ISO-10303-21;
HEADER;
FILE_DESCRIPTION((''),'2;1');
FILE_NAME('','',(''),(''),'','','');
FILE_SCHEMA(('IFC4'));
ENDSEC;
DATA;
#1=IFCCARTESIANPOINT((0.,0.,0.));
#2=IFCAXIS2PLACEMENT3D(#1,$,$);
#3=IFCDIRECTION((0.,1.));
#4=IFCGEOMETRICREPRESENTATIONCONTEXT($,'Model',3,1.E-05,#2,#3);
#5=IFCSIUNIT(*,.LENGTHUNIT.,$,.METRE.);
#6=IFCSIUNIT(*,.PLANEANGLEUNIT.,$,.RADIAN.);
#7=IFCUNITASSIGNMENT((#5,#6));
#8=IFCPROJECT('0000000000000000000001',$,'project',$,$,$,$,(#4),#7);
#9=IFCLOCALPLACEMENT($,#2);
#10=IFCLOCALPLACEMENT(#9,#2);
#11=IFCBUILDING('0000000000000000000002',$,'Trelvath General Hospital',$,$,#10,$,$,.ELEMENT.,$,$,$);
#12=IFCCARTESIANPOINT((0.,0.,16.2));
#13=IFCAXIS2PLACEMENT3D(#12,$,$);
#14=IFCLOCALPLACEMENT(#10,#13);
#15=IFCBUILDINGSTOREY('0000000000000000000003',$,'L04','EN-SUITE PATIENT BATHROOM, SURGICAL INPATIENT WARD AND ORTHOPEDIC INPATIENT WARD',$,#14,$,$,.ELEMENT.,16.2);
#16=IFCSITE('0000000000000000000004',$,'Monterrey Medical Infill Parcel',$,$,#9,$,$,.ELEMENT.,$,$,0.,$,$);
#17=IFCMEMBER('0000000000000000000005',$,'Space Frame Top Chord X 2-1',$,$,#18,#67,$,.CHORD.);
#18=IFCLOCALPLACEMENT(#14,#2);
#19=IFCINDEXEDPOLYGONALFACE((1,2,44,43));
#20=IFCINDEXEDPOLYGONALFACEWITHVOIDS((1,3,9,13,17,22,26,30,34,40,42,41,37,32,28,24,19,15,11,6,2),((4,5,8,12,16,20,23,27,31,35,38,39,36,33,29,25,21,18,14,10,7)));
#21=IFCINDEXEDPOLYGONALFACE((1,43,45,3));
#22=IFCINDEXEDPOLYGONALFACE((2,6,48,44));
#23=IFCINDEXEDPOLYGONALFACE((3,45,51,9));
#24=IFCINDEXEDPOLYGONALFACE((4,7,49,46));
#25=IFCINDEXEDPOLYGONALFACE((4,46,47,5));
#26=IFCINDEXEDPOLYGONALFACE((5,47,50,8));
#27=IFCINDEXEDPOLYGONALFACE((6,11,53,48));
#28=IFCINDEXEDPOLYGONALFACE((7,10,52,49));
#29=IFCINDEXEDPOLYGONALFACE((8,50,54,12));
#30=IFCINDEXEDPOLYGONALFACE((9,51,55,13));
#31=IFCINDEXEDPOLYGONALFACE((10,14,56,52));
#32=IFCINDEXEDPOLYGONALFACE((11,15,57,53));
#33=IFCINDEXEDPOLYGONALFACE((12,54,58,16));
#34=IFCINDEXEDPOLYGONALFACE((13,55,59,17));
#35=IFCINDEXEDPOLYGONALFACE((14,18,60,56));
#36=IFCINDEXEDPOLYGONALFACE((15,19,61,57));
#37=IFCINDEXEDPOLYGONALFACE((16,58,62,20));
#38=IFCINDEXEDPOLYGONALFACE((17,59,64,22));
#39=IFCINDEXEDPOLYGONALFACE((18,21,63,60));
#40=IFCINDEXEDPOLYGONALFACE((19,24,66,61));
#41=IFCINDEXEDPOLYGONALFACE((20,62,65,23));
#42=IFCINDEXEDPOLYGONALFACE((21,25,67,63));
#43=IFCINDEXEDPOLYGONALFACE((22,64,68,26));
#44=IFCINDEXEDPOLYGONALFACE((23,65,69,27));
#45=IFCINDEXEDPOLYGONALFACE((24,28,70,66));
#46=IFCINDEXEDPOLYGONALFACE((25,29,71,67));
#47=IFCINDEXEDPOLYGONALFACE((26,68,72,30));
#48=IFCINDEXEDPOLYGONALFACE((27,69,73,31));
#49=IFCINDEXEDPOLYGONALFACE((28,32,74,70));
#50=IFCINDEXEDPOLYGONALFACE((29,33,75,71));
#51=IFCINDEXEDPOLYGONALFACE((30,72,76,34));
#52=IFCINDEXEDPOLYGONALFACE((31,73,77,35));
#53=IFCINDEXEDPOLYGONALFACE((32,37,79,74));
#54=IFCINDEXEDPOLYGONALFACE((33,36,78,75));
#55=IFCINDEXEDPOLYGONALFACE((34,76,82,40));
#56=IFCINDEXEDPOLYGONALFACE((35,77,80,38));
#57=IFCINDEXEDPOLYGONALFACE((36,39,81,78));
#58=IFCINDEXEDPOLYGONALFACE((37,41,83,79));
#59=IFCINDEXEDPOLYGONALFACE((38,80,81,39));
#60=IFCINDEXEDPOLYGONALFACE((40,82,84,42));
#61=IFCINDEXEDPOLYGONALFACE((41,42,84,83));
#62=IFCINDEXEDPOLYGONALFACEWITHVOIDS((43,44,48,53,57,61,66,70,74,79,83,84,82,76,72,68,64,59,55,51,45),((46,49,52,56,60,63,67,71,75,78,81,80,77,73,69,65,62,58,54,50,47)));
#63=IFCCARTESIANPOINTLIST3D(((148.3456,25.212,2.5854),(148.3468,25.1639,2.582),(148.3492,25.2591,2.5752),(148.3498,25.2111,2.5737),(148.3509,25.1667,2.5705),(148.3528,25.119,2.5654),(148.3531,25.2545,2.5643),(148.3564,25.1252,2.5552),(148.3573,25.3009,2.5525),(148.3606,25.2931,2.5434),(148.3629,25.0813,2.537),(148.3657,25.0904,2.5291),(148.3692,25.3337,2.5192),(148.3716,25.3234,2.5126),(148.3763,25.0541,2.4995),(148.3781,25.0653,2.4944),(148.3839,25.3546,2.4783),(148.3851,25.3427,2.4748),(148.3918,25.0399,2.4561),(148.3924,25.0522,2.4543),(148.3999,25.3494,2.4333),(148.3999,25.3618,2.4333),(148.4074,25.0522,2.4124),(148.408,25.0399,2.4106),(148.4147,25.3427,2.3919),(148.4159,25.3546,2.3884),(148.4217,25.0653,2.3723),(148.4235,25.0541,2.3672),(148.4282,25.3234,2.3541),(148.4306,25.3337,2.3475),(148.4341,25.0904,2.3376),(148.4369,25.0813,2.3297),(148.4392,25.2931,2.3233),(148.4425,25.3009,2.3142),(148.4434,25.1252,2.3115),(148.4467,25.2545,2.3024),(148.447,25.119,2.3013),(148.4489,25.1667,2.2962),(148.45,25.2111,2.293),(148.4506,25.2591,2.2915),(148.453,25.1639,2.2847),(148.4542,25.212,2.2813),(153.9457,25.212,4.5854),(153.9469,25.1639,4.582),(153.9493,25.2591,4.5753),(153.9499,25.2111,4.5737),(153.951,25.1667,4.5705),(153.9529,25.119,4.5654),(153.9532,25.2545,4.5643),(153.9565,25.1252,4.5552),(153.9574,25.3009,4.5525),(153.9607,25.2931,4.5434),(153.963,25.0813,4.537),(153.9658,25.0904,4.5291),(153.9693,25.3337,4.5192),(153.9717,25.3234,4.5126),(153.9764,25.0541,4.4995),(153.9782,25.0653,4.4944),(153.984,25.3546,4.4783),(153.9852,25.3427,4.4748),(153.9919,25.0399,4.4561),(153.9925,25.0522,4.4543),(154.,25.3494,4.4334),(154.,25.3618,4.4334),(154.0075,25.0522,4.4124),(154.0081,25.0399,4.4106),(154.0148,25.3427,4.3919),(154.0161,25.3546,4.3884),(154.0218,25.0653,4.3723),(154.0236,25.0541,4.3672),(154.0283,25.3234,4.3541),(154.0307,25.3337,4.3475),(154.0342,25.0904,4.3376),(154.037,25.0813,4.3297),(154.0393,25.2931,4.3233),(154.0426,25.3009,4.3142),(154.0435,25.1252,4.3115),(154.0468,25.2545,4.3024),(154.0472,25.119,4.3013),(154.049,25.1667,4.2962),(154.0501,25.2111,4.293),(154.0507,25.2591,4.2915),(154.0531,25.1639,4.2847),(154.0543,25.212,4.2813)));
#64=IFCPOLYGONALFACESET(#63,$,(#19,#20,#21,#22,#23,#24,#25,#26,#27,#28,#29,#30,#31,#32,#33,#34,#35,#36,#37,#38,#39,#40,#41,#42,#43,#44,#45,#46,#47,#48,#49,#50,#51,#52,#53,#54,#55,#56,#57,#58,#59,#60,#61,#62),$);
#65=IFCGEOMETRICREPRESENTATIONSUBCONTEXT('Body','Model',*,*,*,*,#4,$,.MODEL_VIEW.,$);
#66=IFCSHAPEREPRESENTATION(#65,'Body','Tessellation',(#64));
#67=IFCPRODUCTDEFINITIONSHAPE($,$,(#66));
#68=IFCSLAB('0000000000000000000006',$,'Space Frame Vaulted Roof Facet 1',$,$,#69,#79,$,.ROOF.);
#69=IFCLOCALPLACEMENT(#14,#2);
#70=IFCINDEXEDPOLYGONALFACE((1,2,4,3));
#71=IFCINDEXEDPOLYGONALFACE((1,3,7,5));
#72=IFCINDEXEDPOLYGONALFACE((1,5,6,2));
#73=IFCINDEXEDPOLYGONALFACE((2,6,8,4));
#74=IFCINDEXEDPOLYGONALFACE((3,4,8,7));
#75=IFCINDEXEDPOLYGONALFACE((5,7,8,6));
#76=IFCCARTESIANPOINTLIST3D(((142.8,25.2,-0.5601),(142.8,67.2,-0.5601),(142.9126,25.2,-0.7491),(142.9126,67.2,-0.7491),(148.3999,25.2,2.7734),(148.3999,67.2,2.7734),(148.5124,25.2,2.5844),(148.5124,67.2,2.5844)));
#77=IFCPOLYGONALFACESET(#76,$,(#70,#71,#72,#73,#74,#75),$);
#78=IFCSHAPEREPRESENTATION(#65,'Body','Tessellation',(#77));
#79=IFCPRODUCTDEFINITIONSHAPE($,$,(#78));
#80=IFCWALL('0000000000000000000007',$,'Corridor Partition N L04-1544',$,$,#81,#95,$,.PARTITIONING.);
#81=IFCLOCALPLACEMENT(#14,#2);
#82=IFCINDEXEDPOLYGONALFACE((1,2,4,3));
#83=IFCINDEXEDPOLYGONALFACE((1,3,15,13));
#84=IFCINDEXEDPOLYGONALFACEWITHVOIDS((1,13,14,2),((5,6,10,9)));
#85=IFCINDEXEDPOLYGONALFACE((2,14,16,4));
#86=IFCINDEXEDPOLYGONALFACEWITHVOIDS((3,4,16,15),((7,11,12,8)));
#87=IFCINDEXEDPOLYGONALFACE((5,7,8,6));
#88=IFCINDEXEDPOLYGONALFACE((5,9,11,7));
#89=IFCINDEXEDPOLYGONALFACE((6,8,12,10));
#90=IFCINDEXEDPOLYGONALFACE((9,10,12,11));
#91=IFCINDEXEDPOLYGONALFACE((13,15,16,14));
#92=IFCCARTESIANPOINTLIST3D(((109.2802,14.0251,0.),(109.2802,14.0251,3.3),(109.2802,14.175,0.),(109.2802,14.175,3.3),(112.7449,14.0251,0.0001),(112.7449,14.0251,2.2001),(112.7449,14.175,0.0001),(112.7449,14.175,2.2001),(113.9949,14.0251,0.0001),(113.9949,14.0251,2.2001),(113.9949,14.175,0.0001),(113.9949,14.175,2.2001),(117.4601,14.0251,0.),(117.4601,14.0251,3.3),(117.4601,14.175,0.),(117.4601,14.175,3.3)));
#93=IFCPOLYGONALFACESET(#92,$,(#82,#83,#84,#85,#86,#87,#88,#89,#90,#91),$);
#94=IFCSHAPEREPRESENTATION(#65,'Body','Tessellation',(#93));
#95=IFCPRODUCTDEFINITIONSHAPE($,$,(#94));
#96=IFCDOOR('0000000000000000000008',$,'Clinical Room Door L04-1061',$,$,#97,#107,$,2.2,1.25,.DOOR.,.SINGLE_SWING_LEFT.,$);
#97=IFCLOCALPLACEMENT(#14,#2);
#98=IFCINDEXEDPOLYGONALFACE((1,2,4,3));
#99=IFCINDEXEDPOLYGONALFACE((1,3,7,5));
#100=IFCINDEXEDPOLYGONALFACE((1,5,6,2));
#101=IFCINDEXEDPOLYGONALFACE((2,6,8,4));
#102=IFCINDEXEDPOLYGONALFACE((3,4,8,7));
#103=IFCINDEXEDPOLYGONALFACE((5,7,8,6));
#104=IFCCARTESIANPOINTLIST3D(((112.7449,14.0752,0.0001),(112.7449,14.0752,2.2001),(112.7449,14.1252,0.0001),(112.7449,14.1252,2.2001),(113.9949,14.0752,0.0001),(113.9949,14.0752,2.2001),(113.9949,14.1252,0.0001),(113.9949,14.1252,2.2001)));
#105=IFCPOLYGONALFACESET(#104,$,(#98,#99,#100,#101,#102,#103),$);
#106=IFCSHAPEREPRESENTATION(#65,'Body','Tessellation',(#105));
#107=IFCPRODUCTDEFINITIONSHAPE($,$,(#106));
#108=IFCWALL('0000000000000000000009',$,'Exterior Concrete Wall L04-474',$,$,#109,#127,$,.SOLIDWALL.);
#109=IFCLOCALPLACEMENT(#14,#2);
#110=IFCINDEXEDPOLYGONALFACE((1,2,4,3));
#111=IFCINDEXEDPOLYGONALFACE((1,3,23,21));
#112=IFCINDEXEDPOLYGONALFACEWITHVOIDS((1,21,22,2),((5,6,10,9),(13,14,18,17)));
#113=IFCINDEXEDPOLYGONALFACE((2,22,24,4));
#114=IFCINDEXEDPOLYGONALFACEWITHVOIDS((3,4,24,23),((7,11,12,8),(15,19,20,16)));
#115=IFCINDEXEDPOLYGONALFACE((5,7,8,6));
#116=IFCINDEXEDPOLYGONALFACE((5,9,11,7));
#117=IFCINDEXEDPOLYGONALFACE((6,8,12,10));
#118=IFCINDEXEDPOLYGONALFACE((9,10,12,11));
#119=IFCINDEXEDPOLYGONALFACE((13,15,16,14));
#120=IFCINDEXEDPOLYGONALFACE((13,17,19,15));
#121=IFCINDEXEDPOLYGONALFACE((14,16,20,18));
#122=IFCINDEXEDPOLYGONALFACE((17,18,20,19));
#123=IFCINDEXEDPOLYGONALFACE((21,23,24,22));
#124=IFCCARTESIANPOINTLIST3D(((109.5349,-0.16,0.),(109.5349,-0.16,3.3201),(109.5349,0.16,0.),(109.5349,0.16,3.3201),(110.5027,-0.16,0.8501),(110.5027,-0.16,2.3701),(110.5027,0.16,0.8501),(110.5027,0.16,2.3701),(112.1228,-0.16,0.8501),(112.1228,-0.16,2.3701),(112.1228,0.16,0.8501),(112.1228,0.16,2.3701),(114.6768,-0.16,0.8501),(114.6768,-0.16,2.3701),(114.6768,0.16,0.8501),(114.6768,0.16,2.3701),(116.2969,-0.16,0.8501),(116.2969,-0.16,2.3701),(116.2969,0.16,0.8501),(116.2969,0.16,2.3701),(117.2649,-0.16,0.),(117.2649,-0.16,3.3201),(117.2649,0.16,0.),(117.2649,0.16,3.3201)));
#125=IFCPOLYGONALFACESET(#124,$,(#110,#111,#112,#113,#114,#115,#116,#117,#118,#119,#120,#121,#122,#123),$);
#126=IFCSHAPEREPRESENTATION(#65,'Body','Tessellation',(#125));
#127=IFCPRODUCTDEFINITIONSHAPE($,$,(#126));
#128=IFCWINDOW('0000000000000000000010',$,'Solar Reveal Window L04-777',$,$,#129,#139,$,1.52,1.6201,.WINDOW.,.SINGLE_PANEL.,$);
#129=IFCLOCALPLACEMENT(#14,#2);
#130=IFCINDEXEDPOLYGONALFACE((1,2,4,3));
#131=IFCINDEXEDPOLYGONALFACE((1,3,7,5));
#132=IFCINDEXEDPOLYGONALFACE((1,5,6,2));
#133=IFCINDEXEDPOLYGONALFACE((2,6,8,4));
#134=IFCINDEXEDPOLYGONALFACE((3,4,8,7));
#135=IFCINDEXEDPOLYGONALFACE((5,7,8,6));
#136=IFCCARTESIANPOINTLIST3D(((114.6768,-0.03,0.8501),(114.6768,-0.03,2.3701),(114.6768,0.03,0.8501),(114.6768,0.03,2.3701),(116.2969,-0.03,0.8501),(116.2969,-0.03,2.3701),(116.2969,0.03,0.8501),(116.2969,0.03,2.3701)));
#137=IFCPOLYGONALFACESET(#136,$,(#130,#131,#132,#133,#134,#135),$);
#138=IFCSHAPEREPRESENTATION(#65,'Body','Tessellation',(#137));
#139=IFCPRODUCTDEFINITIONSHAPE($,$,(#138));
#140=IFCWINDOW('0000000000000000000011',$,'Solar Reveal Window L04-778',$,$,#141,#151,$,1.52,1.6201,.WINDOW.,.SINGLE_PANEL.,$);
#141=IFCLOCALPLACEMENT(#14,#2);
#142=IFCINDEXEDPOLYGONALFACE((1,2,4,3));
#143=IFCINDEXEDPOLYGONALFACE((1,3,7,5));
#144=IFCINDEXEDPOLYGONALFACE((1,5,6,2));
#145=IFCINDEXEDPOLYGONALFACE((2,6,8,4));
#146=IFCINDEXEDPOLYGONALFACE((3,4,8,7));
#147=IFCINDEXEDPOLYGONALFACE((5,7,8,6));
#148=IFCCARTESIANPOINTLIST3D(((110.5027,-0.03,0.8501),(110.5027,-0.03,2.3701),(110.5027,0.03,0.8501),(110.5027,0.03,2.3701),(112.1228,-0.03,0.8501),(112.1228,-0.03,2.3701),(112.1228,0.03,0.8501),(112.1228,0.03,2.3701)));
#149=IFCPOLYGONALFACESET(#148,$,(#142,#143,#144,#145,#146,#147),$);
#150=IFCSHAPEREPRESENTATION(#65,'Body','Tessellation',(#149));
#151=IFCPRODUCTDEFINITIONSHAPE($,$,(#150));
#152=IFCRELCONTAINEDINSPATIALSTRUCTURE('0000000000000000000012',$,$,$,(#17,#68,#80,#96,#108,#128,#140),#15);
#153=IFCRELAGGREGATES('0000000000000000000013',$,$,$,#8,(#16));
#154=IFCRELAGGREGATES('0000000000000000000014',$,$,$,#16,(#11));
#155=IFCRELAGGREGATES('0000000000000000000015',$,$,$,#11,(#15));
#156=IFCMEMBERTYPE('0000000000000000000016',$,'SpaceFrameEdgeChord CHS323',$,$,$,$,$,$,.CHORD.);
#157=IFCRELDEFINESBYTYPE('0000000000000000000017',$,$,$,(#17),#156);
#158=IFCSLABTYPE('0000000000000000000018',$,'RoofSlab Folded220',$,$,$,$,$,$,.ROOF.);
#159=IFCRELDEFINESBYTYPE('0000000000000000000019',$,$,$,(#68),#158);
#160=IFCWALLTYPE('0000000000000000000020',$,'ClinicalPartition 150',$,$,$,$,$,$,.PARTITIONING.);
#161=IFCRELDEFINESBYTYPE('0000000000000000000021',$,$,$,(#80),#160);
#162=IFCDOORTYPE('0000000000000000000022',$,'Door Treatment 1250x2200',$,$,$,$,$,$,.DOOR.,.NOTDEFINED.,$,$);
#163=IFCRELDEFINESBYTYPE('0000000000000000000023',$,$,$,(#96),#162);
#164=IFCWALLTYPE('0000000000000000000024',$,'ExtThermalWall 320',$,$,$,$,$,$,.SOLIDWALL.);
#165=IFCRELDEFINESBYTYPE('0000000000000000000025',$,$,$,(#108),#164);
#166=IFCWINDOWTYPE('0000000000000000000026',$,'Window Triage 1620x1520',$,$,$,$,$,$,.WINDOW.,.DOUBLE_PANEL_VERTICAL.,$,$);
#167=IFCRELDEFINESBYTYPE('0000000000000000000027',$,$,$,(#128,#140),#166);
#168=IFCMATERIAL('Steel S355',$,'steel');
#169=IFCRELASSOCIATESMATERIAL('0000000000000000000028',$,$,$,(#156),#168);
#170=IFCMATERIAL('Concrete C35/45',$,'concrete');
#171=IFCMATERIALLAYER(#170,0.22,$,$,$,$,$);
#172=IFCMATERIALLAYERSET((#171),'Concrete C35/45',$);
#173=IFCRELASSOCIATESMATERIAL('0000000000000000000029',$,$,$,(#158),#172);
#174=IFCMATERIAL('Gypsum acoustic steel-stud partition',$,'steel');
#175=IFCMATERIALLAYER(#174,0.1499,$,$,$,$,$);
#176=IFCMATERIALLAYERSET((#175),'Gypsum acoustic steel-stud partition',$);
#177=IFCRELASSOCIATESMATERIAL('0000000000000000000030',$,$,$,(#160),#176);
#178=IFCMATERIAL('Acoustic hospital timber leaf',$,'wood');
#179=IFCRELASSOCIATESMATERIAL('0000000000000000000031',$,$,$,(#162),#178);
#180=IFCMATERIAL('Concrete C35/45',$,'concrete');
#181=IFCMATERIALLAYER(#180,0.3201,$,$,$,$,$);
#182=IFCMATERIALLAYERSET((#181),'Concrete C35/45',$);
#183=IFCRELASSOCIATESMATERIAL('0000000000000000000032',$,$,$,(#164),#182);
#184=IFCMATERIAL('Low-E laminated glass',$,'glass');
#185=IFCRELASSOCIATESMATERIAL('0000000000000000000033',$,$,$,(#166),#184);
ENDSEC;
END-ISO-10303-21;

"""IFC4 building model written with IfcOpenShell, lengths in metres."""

from ifc_helpers import new_model, si_unit, direction, frame, frame_2d, origin, origin_2d, place, context, subcontext, project, spatial, polyline, rectangle, hollow_circle, outline, extrude, material, layer, layer_set, material_profile, profile_set, type_object, element, fill, save


model = new_model("IFC4")

# Units and contexts
model_context = context("Model", 3, precision=1e-05, world=origin(), true_north=direction((0.0, 1.0)))
body_context = subcontext(model_context, "Body", "Model", "MODEL_VIEW")
ifc_project = project(units=[si_unit("LENGTHUNIT", "METRE"), si_unit("PLANEANGLEUNIT", "RADIAN")], contexts=[model_context])

# Site, building, storey
site_placement = place(None, origin())
site = spatial("IfcSite", under=ifc_project, at=site_placement, Name="Monterrey Medical Infill Parcel", CompositionType="ELEMENT", RefElevation=0.0)
building_placement = place(site_placement, origin())
building = spatial("IfcBuilding", under=site, at=building_placement, Name="Trelvath General Hospital", CompositionType="ELEMENT")
storey_placement = place(building_placement, frame((0.0, 0.0, 16.2)))
storey = spatial("IfcBuildingStorey", under=building, at=storey_placement, Name="L04", Description="EN-SUITE PATIENT BATHROOM, SURGICAL INPATIENT WARD AND ORTHOPEDIC INPATIENT WARD", CompositionType="ELEMENT", Elevation=16.2)

# Member
ifc_material_1 = material(Name="Steel S355", Category="steel")
ifc_material_profile_1 = material_profile(ifc_material_1, hollow_circle(Radius=0.1619, WallThickness=0.0125, at=origin_2d()), Name="CHS323.9x12.5")
ifc_profile_set_1 = profile_set([ifc_material_profile_1], Name="Steel S355")
member_type = type_object("IfcMemberType", Name="SpaceFrameEdgeChord CHS323", PredefinedType="CHORD", material=ifc_profile_set_1)
for number, where, z_axis, x_axis, name in (
    (1, (148.3999, 25.2, 2.4333), (0.941744, 0.0, 0.336331), (0.0, 1.0, 0.0), "Space Frame Top Chord X 2-1"),
):
    element("IfcMember", number, at=place(storey_placement, frame(where, z_axis=z_axis, x_axis=x_axis)), inside=storey, type_object=member_type, Name=name, PredefinedType="CHORD", context=body_context, shape_type="SweptSolid", body=[
        extrude(hollow_circle(Radius=0.1619, WallThickness=0.0125, at=origin_2d()), origin(), (0.0, 0.0, 1.0), 5.9465),
    ])

# Slab
ifc_material_2 = material(Name="Concrete C35/45", Category="concrete")
ifc_layer_1 = layer(ifc_material_2, 0.22)
ifc_layer_set_1 = layer_set([ifc_layer_1], Name="Concrete C35/45")
slab_type = type_object("IfcSlabType", Name="RoofSlab Folded220", PredefinedType="ROOF", material=ifc_layer_set_1)
slab_placement = place(storey_placement, frame((142.8, 25.2, -0.5601), z_axis=(-0.511512, 0.0, 0.859276), x_axis=(0.859276, 0.0, 0.511512)))
element("IfcSlab", 2, at=slab_placement, inside=storey, type_object=slab_type, Name="Space Frame Vaulted Roof Facet 1", PredefinedType="ROOF", context=body_context, shape_type="SweptSolid", body=[
    extrude(outline(polyline([(0.0, 0.0), (6.5169, 0.0), (6.5169, 42.0), (0.0, 42.0), (0.0, 0.0)])), origin(), (0.0, 0.0, -1.0), 0.22),
])

# Wall, opening, door
ifc_material_3 = material(Name="Gypsum acoustic steel-stud partition", Category="steel")
ifc_layer_2 = layer(ifc_material_3, 0.1499)
ifc_layer_set_2 = layer_set([ifc_layer_2], Name="Gypsum acoustic steel-stud partition")
wall_type_1 = type_object("IfcWallType", Name="ClinicalPartition 150", PredefinedType="PARTITIONING", material=ifc_layer_set_2)
wall_1_placement = place(storey_placement, frame((117.46, 14.1001, 0.0), z_axis=(0.0, 0.0, 1.0), x_axis=(-1.0, 0.0, 0.0)))
wall_1 = element("IfcWall", 3, at=wall_1_placement, inside=storey, type_object=wall_type_1, Name="Corridor Partition N L04-1544", PredefinedType="PARTITIONING", context=body_context, shape_type="SweptSolid", body=[
    extrude(rectangle(XDim=8.1799, YDim=0.1499, at=frame_2d((4.0898, 0.0))), origin(), (0.0, 0.0, 1.0), 3.3),
])
opening_1_placement = place(wall_1_placement, frame((3.4651, 0.0, 0.0)))
opening_1 = element("IfcOpeningElement", 4, at=opening_1_placement, cuts=wall_1, PredefinedType="OPENING", context=body_context, shape_type="SweptSolid", body=[
    extrude(rectangle(XDim=1.25, YDim=2.2, at=frame_2d((0.625, 1.1001))), frame((0.0, 0.085, 0.0), z_axis=(0.0, -1.0, 0.0), x_axis=(1.0, 0.0, 0.0)), (0.0, 0.0, 1.0), 0.1699),
])
ifc_material_4 = material(Name="Acoustic hospital timber leaf", Category="wood")
door_type_1 = type_object("IfcDoorType", Name="Door Treatment 1250x2200", OperationType="NOTDEFINED", PredefinedType="DOOR", material=ifc_material_4)
door_1_placement = place(opening_1_placement, origin())
door_1 = element("IfcDoor", 5, at=door_1_placement, inside=storey, type_object=door_type_1, Name="Clinical Room Door L04-1061", OperationType="SINGLE_SWING_LEFT", OverallHeight=2.2, OverallWidth=1.25, PredefinedType="DOOR", context=body_context, shape_type="SweptSolid", body=[
    extrude(rectangle(XDim=1.25, YDim=2.2, at=frame_2d((0.625, 1.1001))), frame((0.0, 0.0249, 0.0), z_axis=(0.0, -1.0, 0.0), x_axis=(1.0, 0.0, 0.0)), (0.0, 0.0, 1.0), 0.05),
])
fill(opening_1, door_1)

# Wall, openings, windows
ifc_material_5 = material(Name="Concrete C35/45", Category="concrete")
ifc_layer_3 = layer(ifc_material_5, 0.3201)
ifc_layer_set_3 = layer_set([ifc_layer_3], Name="Concrete C35/45")
wall_type_2 = type_object("IfcWallType", Name="ExtThermalWall 320", PredefinedType="SOLIDWALL", material=ifc_layer_set_3)
wall_2_placement = place(storey_placement, frame((117.2649, 0.0, 0.0), z_axis=(0.0, 0.0, 1.0), x_axis=(-1.0, 0.0, 0.0)))
wall_2 = element("IfcWall", 6, at=wall_2_placement, inside=storey, type_object=wall_type_2, Name="Exterior Concrete Wall L04-474", PredefinedType="SOLIDWALL", context=body_context, shape_type="SweptSolid", body=[
    extrude(rectangle(XDim=7.73, YDim=0.3201, at=frame_2d((3.865, 0.0))), origin(), (0.0, 0.0, 1.0), 3.3201),
])
opening_2_placement = place(wall_2_placement, frame((0.968, 0.0, 0.8501)))
opening_2 = element("IfcOpeningElement", 7, at=opening_2_placement, cuts=wall_2, PredefinedType="OPENING", context=body_context, shape_type="SweptSolid", body=[
    extrude(rectangle(XDim=1.6201, YDim=1.52, at=frame_2d((0.8101, 0.76))), frame((0.0, 0.1699, 0.0), z_axis=(0.0, -1.0, 0.0), x_axis=(1.0, 0.0, 0.0)), (0.0, 0.0, 1.0), 0.3401),
])
opening_3_placement = place(wall_2_placement, frame((5.1421, 0.0, 0.8501)))
opening_3 = element("IfcOpeningElement", 8, at=opening_3_placement, cuts=wall_2, PredefinedType="OPENING", context=body_context, shape_type="SweptSolid", body=[
    extrude(rectangle(XDim=1.6201, YDim=1.52, at=frame_2d((0.8101, 0.76))), frame((0.0, 0.1699, 0.0), z_axis=(0.0, -1.0, 0.0), x_axis=(1.0, 0.0, 0.0)), (0.0, 0.0, 1.0), 0.3401),
])
ifc_material_6 = material(Name="Low-E laminated glass", Category="glass")
window_type_1 = type_object("IfcWindowType", Name="Window Triage 1620x1520", PartitioningType="DOUBLE_PANEL_VERTICAL", PredefinedType="WINDOW", material=ifc_material_6)
window_1_placement = place(opening_2_placement, origin())
window_1 = element("IfcWindow", 9, at=window_1_placement, inside=storey, type_object=window_type_1, Name="Solar Reveal Window L04-777", OverallHeight=1.52, OverallWidth=1.6201, PartitioningType="SINGLE_PANEL", PredefinedType="WINDOW", context=body_context, shape_type="SweptSolid", body=[
    extrude(rectangle(XDim=1.6201, YDim=1.52, at=frame_2d((0.8101, 0.76))), frame((0.0, 0.03, 0.0), z_axis=(0.0, -1.0, 0.0), x_axis=(1.0, 0.0, 0.0)), (0.0, 0.0, 1.0), 0.0601),
])
fill(opening_2, window_1)
window_2_placement = place(opening_3_placement, origin())
window_2 = element("IfcWindow", 10, at=window_2_placement, inside=storey, type_object=window_type_1, Name="Solar Reveal Window L04-778", OverallHeight=1.52, OverallWidth=1.6201, PartitioningType="SINGLE_PANEL", PredefinedType="WINDOW", context=body_context, shape_type="SweptSolid", body=[
    extrude(rectangle(XDim=1.6201, YDim=1.52, at=frame_2d((0.8101, 0.76))), frame((0.0, 0.03, 0.0), z_axis=(0.0, -1.0, 0.0), x_axis=(1.0, 0.0, 0.0)), (0.0, 0.0, 1.0), 0.0601),
])
fill(opening_3, window_2)

save(model, "model.ifc")
